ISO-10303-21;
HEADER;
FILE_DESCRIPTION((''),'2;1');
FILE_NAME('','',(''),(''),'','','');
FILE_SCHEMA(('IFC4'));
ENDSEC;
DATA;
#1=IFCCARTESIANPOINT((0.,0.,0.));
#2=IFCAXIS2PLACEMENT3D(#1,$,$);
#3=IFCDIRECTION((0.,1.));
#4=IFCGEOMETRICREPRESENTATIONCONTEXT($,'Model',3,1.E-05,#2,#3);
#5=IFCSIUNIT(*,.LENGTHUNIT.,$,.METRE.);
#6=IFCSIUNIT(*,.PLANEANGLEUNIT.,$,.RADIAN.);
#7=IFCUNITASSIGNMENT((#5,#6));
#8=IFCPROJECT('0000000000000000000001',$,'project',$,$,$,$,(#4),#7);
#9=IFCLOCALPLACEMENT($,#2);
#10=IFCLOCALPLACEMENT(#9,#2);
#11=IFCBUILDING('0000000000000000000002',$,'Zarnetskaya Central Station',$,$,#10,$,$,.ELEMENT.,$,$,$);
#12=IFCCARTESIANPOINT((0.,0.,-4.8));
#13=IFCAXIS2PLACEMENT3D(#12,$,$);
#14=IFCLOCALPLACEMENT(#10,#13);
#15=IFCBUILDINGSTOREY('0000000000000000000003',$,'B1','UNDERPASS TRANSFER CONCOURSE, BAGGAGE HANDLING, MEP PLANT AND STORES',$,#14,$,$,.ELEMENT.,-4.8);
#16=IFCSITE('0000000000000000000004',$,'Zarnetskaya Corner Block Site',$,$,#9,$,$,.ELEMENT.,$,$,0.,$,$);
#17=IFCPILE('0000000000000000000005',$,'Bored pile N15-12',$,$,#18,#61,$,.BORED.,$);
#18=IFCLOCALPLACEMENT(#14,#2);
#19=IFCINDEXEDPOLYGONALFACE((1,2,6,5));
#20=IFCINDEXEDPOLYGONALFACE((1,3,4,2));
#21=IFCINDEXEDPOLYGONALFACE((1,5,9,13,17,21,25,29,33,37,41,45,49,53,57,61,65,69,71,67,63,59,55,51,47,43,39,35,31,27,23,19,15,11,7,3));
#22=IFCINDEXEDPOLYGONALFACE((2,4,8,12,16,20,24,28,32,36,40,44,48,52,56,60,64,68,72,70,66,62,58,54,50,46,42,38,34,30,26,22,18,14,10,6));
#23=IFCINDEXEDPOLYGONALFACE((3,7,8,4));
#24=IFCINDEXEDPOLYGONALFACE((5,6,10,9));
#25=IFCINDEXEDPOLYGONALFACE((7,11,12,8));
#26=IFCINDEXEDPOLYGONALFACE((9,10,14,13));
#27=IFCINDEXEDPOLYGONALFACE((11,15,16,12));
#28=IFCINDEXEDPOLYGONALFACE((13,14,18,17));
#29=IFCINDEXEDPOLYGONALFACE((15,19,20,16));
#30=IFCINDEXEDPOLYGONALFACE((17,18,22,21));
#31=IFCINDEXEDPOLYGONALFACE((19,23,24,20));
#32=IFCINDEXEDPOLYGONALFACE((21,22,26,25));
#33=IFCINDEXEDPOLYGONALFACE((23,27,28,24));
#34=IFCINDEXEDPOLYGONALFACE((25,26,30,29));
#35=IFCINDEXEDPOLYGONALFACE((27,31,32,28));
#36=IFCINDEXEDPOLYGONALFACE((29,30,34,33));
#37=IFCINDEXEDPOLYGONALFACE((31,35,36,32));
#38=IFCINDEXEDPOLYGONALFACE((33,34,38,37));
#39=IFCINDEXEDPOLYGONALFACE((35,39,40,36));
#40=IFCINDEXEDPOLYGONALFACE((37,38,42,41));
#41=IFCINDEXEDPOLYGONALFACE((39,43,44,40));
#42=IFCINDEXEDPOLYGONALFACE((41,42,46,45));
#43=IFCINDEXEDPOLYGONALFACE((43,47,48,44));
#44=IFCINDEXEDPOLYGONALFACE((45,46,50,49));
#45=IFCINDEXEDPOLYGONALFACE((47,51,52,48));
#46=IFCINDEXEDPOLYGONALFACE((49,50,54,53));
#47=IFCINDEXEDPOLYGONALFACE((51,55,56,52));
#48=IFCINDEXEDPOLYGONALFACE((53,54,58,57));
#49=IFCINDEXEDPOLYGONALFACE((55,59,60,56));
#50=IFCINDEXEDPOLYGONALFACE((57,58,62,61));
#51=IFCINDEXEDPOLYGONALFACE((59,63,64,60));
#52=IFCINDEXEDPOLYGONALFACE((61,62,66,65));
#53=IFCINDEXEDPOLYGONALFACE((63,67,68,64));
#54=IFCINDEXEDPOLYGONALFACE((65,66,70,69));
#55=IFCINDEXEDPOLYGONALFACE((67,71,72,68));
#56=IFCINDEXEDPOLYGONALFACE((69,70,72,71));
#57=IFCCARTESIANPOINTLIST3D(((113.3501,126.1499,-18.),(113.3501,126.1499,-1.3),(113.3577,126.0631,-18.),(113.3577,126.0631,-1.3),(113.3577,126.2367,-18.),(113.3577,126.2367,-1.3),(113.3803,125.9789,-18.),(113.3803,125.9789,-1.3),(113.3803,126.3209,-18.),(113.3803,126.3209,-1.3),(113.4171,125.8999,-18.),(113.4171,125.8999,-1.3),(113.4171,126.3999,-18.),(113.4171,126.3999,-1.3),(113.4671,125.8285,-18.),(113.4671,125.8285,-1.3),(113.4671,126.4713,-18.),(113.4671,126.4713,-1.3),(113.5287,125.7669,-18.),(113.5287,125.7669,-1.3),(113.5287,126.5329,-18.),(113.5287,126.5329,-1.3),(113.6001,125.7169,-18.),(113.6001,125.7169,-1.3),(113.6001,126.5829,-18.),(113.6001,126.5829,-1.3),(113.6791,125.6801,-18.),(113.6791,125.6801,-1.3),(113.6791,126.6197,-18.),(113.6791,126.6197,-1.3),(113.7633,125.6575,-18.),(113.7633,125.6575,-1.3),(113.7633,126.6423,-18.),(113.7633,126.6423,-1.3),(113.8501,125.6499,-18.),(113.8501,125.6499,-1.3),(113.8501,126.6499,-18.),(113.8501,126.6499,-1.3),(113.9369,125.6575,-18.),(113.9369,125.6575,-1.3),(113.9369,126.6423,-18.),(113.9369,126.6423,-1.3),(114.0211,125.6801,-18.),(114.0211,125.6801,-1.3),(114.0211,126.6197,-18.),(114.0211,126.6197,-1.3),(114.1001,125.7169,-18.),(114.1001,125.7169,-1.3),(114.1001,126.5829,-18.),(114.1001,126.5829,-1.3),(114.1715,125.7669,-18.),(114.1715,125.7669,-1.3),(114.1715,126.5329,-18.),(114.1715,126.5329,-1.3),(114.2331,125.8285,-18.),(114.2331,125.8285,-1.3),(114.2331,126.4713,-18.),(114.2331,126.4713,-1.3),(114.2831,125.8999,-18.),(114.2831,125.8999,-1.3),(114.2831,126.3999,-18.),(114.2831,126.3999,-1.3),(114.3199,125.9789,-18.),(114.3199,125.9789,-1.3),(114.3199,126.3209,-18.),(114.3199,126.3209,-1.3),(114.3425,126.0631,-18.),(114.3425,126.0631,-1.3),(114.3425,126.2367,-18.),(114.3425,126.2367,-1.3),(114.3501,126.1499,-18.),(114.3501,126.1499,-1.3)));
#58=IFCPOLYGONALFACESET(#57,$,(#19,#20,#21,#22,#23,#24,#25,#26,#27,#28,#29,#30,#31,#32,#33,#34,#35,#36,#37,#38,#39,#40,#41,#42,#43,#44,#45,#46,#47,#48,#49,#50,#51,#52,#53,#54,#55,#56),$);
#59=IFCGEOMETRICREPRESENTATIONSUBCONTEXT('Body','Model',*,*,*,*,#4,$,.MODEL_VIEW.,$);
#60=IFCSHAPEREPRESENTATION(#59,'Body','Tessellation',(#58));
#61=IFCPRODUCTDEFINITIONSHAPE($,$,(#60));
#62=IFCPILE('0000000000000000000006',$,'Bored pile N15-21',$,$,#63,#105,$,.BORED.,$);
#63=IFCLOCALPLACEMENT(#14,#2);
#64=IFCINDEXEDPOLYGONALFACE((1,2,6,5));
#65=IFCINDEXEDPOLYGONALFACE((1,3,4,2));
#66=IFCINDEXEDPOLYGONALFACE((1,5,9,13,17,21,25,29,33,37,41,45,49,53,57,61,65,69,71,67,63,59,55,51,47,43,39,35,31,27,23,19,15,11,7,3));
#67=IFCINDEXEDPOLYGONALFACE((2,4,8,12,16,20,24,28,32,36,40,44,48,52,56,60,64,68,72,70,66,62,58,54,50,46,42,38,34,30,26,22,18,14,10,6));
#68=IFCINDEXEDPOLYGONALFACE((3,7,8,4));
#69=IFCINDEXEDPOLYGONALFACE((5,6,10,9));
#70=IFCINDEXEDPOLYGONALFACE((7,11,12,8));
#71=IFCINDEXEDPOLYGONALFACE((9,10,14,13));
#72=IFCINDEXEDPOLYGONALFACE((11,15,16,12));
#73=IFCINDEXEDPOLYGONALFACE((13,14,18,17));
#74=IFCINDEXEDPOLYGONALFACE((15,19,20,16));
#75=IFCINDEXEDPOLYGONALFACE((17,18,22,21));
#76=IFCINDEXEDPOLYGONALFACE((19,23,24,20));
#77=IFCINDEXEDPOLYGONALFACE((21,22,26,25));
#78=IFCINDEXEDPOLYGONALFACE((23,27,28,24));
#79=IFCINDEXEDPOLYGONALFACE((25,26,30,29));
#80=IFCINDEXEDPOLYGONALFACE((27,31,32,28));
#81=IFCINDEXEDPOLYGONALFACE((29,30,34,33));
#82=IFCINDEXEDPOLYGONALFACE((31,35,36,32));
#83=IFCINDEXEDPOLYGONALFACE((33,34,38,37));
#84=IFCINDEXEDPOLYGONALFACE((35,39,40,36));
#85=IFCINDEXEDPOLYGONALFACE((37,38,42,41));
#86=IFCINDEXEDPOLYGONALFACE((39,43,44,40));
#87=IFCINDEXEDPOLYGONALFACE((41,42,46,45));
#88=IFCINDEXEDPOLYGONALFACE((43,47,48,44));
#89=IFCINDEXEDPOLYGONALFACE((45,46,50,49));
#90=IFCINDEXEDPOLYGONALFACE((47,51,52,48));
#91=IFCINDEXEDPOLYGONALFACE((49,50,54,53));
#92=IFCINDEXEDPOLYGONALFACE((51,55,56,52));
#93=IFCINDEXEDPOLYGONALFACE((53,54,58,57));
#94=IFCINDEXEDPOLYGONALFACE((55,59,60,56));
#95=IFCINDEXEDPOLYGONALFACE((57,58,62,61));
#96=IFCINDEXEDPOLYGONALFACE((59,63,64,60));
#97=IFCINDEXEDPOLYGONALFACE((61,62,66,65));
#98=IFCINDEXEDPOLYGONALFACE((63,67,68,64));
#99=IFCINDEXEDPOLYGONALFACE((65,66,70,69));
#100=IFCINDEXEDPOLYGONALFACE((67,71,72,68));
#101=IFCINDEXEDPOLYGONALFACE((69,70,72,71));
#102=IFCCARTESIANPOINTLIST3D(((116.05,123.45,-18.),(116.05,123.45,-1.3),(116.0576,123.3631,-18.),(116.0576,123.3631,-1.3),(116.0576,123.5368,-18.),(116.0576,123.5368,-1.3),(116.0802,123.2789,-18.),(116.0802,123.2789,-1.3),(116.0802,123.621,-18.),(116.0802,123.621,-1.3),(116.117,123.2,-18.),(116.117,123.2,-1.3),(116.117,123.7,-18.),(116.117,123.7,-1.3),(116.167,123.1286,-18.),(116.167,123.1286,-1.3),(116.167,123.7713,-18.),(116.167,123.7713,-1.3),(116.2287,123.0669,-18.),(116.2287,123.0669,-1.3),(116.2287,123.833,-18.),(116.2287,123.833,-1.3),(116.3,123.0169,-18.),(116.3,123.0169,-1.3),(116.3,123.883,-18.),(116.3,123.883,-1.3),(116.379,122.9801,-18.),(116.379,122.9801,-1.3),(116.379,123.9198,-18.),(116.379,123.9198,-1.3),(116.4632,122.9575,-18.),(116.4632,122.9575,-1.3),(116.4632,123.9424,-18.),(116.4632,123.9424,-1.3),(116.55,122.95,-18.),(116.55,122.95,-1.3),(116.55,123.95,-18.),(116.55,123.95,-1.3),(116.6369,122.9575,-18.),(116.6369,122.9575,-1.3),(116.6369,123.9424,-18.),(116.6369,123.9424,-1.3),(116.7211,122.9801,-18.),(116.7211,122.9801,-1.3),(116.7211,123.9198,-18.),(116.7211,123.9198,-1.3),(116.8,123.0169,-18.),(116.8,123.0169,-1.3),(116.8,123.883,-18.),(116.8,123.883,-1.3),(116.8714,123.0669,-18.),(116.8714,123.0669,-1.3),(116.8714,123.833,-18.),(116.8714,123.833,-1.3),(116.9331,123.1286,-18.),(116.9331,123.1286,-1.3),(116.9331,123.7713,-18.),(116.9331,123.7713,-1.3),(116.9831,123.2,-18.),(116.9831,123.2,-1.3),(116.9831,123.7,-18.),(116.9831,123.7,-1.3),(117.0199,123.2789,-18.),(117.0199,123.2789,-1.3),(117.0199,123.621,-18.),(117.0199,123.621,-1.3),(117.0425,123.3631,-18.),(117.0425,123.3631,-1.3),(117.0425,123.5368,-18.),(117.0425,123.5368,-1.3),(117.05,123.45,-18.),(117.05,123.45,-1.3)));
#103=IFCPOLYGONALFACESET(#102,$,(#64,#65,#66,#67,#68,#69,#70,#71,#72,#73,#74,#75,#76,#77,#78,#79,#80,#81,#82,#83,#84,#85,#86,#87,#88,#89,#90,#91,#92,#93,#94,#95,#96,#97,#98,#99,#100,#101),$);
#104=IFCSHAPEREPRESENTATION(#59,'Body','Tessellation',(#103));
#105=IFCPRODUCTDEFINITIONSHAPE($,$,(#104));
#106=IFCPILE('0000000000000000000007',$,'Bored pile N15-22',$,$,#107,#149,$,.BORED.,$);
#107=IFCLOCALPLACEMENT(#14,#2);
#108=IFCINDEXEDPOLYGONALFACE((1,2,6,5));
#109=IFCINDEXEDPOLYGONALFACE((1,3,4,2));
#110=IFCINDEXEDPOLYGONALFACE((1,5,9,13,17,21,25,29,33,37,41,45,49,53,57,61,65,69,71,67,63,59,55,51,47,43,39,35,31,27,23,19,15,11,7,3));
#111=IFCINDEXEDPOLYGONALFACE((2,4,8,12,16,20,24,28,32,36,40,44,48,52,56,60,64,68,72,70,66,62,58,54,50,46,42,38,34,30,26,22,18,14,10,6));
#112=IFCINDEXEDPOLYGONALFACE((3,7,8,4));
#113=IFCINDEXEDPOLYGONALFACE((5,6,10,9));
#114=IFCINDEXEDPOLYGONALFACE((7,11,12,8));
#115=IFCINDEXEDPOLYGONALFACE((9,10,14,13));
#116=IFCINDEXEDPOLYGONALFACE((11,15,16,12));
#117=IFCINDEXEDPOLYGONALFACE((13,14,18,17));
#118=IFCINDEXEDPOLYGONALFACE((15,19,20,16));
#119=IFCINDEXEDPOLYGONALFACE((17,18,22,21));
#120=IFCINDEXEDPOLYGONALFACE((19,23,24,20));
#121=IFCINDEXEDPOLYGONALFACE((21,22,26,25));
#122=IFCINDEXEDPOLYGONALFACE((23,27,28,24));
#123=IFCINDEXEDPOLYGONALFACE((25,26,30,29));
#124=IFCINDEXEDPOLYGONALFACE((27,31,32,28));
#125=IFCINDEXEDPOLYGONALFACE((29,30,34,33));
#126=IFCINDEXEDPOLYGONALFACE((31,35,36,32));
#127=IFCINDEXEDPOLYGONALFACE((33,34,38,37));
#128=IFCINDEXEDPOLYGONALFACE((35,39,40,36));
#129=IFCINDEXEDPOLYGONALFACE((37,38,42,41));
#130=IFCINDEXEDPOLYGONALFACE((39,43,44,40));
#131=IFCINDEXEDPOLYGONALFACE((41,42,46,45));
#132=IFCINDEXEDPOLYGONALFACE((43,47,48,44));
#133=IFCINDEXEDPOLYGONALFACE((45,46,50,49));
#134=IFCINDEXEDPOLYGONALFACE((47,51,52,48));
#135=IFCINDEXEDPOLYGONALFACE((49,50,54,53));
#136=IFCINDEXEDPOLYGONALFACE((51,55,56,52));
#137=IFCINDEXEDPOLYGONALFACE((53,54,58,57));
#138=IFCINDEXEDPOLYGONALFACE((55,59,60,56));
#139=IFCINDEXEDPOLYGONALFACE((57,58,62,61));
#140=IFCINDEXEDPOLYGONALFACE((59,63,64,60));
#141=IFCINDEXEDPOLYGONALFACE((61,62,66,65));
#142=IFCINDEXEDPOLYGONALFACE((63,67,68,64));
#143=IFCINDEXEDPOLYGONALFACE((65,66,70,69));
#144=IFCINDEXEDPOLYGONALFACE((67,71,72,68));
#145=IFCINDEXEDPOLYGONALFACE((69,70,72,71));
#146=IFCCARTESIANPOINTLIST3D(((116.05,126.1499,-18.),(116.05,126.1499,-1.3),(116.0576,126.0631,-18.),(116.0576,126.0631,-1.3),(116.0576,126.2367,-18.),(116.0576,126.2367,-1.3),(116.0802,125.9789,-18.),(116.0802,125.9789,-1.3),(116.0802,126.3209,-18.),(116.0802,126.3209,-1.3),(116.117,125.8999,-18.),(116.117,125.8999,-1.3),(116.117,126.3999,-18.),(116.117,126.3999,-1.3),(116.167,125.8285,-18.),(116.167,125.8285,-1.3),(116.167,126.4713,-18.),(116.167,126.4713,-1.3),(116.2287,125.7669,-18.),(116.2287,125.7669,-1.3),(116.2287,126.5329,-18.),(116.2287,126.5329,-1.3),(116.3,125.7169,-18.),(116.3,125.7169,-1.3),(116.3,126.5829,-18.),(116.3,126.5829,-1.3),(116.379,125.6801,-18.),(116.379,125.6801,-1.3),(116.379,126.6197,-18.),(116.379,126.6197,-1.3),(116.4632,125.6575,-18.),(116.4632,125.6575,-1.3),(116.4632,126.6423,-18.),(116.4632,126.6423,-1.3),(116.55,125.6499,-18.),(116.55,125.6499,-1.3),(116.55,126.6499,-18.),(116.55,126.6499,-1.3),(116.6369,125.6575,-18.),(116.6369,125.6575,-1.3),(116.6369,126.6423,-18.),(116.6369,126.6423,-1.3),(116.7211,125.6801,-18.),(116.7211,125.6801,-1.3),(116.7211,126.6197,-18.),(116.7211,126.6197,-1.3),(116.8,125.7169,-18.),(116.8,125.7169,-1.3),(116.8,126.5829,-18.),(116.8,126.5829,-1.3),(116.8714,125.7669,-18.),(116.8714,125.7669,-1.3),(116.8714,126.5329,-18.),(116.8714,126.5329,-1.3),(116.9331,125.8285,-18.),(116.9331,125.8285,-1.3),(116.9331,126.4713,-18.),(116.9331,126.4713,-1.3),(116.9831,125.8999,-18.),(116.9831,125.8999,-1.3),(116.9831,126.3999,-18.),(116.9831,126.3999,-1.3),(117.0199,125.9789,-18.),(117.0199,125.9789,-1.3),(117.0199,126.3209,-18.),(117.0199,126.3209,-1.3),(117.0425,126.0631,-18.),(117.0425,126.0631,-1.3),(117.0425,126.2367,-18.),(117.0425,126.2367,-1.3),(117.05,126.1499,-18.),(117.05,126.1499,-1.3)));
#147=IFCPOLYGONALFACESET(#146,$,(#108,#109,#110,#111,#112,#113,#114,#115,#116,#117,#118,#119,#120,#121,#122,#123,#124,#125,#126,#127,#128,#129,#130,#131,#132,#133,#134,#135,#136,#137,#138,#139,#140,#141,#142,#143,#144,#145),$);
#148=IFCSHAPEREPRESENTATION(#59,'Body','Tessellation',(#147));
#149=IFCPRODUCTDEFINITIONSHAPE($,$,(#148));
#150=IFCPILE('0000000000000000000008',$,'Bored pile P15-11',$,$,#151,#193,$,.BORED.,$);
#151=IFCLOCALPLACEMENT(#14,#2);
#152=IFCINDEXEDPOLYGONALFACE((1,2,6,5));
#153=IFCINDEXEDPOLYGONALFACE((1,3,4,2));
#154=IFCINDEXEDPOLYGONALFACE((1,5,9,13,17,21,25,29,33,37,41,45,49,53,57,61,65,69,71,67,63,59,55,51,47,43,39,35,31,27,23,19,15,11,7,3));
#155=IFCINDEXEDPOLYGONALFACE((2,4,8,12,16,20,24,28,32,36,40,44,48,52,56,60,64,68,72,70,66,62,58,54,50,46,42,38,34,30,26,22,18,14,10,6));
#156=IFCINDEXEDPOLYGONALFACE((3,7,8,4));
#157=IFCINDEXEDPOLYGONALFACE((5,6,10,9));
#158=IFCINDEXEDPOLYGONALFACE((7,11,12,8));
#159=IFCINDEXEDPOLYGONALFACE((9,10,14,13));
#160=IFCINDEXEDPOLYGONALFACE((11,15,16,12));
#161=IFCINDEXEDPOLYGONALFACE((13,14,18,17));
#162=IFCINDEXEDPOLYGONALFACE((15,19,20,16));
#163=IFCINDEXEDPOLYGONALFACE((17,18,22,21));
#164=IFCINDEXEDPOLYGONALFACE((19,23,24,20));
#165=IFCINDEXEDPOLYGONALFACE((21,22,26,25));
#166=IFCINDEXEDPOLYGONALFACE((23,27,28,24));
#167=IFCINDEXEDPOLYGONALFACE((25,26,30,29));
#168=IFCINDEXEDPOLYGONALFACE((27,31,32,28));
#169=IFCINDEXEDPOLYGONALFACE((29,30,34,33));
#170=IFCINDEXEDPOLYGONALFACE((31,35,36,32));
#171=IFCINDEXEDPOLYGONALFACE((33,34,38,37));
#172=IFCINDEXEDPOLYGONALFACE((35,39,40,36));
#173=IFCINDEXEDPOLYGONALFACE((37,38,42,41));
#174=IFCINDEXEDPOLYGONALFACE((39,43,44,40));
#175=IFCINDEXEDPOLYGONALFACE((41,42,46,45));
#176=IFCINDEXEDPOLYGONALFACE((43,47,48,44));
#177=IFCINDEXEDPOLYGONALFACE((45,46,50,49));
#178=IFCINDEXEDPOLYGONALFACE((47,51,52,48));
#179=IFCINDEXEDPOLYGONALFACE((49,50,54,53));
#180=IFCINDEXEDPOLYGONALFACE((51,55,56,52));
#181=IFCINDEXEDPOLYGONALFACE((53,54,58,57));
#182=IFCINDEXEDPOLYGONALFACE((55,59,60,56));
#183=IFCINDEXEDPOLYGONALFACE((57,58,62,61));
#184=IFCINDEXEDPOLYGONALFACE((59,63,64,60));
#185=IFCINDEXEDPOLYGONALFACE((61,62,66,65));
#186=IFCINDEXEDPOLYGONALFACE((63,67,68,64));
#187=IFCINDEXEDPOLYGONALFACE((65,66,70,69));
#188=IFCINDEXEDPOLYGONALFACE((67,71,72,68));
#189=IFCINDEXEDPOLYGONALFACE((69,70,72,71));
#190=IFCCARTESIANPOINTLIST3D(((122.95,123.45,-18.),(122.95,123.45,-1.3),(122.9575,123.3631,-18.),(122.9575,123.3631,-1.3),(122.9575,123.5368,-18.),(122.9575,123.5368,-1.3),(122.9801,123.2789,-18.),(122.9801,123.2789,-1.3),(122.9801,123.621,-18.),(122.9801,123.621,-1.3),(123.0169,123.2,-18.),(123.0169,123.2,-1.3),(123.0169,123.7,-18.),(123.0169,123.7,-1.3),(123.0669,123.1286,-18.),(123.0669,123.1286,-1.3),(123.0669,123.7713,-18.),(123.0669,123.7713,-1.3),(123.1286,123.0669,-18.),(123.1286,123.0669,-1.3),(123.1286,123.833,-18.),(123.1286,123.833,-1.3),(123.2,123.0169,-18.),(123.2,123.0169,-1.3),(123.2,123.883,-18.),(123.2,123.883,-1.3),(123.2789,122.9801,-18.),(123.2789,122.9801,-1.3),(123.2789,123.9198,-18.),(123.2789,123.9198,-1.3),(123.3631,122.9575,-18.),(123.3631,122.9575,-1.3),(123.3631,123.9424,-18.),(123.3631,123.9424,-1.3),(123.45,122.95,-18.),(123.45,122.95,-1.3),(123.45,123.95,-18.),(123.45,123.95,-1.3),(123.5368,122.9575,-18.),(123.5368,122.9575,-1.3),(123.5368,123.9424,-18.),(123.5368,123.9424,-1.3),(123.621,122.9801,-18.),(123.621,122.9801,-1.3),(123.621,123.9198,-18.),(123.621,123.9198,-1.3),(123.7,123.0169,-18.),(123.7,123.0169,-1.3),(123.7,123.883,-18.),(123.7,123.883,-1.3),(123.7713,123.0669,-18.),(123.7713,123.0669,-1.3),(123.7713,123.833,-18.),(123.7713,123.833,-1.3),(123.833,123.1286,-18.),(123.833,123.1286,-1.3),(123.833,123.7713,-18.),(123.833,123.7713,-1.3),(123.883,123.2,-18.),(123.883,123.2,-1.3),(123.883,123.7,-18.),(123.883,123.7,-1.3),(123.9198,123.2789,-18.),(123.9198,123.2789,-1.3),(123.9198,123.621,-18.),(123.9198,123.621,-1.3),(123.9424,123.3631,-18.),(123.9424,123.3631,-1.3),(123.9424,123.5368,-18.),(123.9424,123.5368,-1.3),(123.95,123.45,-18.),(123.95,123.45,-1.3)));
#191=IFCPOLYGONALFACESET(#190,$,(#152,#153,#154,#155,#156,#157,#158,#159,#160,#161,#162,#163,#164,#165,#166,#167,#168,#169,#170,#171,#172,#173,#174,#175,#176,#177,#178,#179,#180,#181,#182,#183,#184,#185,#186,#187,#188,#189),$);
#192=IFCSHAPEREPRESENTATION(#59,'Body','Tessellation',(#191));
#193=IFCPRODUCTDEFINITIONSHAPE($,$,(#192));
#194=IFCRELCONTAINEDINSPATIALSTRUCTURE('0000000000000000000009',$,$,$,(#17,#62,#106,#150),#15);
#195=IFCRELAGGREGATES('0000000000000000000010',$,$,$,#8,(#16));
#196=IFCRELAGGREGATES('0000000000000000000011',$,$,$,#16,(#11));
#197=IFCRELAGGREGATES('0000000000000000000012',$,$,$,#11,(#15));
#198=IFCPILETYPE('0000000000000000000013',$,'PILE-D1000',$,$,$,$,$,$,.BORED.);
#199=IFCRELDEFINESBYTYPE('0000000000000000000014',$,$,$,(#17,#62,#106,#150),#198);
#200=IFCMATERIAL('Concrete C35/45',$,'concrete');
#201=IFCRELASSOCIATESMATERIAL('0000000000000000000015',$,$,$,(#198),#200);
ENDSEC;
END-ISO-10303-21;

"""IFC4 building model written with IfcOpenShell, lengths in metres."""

from ifc_helpers import new_model, si_unit, direction, frame, origin, origin_2d, place, context, subcontext, project, spatial, circle, extrude, material, material_profile, profile_set, type_object, element, save


model = new_model("IFC4")

# Units and contexts
model_context = context("Model", 3, precision=1e-05, world=origin(), true_north=direction((0.0, 1.0)))
body_context = subcontext(model_context, "Body", "Model", "MODEL_VIEW")
ifc_project = project(units=[si_unit("LENGTHUNIT", "METRE"), si_unit("PLANEANGLEUNIT", "RADIAN")], contexts=[model_context])

# Site, building, storey
site_placement = place(None, origin())
site = spatial("IfcSite", under=ifc_project, at=site_placement, Name="Zarnetskaya Corner Block Site", CompositionType="ELEMENT", RefElevation=0.0)
building_placement = place(site_placement, origin())
building = spatial("IfcBuilding", under=site, at=building_placement, Name="Zarnetskaya Central Station", CompositionType="ELEMENT")
storey_placement = place(building_placement, frame((0.0, 0.0, -4.8)))
storey = spatial("IfcBuildingStorey", under=building, at=storey_placement, Name="B1", Description="UNDERPASS TRANSFER CONCOURSE, BAGGAGE HANDLING, MEP PLANT AND STORES", CompositionType="ELEMENT", Elevation=-4.8)

# Shared definitions
ifc_material = material(Name="Concrete C35/45", Category="concrete")

# Piles
ifc_material_profile_1 = material_profile(ifc_material, circle(Radius=0.5, at=origin_2d()), Name="BORED PILE D1000")
ifc_profile_set_1 = profile_set([ifc_material_profile_1], Name="Concrete C35/45")
pile_type_1 = type_object("IfcPileType", Name="PILE-D1000", PredefinedType="BORED", material=ifc_profile_set_1)
for number, where, z_axis, x_axis, name in (
    (1, (113.8501, 126.1499, -1.3), (0.0, 0.0, -1.0), (1.0, 0.0, 0.0), "Bored pile N15-12"),
    (2, (116.55, 123.45, -1.3), (0.0, 0.0, -1.0), (1.0, 0.0, 0.0), "Bored pile N15-21"),
    (3, (116.55, 126.1499, -1.3), (0.0, 0.0, -1.0), (1.0, 0.0, 0.0), "Bored pile N15-22"),
    (4, (123.45, 123.45, -1.3), (0.0, 0.0, -1.0), (1.0, 0.0, 0.0), "Bored pile P15-11"),
):
    element("IfcPile", number, at=place(storey_placement, frame(where, z_axis=z_axis, x_axis=x_axis)), inside=storey, type_object=pile_type_1, Name=name, PredefinedType="BORED", context=body_context, shape_type="SweptSolid", body=[
        extrude(circle(Radius=0.5, at=origin_2d()), origin(), (0.0, 0.0, 1.0), 16.7),
    ])

save(model, "model.ifc")
